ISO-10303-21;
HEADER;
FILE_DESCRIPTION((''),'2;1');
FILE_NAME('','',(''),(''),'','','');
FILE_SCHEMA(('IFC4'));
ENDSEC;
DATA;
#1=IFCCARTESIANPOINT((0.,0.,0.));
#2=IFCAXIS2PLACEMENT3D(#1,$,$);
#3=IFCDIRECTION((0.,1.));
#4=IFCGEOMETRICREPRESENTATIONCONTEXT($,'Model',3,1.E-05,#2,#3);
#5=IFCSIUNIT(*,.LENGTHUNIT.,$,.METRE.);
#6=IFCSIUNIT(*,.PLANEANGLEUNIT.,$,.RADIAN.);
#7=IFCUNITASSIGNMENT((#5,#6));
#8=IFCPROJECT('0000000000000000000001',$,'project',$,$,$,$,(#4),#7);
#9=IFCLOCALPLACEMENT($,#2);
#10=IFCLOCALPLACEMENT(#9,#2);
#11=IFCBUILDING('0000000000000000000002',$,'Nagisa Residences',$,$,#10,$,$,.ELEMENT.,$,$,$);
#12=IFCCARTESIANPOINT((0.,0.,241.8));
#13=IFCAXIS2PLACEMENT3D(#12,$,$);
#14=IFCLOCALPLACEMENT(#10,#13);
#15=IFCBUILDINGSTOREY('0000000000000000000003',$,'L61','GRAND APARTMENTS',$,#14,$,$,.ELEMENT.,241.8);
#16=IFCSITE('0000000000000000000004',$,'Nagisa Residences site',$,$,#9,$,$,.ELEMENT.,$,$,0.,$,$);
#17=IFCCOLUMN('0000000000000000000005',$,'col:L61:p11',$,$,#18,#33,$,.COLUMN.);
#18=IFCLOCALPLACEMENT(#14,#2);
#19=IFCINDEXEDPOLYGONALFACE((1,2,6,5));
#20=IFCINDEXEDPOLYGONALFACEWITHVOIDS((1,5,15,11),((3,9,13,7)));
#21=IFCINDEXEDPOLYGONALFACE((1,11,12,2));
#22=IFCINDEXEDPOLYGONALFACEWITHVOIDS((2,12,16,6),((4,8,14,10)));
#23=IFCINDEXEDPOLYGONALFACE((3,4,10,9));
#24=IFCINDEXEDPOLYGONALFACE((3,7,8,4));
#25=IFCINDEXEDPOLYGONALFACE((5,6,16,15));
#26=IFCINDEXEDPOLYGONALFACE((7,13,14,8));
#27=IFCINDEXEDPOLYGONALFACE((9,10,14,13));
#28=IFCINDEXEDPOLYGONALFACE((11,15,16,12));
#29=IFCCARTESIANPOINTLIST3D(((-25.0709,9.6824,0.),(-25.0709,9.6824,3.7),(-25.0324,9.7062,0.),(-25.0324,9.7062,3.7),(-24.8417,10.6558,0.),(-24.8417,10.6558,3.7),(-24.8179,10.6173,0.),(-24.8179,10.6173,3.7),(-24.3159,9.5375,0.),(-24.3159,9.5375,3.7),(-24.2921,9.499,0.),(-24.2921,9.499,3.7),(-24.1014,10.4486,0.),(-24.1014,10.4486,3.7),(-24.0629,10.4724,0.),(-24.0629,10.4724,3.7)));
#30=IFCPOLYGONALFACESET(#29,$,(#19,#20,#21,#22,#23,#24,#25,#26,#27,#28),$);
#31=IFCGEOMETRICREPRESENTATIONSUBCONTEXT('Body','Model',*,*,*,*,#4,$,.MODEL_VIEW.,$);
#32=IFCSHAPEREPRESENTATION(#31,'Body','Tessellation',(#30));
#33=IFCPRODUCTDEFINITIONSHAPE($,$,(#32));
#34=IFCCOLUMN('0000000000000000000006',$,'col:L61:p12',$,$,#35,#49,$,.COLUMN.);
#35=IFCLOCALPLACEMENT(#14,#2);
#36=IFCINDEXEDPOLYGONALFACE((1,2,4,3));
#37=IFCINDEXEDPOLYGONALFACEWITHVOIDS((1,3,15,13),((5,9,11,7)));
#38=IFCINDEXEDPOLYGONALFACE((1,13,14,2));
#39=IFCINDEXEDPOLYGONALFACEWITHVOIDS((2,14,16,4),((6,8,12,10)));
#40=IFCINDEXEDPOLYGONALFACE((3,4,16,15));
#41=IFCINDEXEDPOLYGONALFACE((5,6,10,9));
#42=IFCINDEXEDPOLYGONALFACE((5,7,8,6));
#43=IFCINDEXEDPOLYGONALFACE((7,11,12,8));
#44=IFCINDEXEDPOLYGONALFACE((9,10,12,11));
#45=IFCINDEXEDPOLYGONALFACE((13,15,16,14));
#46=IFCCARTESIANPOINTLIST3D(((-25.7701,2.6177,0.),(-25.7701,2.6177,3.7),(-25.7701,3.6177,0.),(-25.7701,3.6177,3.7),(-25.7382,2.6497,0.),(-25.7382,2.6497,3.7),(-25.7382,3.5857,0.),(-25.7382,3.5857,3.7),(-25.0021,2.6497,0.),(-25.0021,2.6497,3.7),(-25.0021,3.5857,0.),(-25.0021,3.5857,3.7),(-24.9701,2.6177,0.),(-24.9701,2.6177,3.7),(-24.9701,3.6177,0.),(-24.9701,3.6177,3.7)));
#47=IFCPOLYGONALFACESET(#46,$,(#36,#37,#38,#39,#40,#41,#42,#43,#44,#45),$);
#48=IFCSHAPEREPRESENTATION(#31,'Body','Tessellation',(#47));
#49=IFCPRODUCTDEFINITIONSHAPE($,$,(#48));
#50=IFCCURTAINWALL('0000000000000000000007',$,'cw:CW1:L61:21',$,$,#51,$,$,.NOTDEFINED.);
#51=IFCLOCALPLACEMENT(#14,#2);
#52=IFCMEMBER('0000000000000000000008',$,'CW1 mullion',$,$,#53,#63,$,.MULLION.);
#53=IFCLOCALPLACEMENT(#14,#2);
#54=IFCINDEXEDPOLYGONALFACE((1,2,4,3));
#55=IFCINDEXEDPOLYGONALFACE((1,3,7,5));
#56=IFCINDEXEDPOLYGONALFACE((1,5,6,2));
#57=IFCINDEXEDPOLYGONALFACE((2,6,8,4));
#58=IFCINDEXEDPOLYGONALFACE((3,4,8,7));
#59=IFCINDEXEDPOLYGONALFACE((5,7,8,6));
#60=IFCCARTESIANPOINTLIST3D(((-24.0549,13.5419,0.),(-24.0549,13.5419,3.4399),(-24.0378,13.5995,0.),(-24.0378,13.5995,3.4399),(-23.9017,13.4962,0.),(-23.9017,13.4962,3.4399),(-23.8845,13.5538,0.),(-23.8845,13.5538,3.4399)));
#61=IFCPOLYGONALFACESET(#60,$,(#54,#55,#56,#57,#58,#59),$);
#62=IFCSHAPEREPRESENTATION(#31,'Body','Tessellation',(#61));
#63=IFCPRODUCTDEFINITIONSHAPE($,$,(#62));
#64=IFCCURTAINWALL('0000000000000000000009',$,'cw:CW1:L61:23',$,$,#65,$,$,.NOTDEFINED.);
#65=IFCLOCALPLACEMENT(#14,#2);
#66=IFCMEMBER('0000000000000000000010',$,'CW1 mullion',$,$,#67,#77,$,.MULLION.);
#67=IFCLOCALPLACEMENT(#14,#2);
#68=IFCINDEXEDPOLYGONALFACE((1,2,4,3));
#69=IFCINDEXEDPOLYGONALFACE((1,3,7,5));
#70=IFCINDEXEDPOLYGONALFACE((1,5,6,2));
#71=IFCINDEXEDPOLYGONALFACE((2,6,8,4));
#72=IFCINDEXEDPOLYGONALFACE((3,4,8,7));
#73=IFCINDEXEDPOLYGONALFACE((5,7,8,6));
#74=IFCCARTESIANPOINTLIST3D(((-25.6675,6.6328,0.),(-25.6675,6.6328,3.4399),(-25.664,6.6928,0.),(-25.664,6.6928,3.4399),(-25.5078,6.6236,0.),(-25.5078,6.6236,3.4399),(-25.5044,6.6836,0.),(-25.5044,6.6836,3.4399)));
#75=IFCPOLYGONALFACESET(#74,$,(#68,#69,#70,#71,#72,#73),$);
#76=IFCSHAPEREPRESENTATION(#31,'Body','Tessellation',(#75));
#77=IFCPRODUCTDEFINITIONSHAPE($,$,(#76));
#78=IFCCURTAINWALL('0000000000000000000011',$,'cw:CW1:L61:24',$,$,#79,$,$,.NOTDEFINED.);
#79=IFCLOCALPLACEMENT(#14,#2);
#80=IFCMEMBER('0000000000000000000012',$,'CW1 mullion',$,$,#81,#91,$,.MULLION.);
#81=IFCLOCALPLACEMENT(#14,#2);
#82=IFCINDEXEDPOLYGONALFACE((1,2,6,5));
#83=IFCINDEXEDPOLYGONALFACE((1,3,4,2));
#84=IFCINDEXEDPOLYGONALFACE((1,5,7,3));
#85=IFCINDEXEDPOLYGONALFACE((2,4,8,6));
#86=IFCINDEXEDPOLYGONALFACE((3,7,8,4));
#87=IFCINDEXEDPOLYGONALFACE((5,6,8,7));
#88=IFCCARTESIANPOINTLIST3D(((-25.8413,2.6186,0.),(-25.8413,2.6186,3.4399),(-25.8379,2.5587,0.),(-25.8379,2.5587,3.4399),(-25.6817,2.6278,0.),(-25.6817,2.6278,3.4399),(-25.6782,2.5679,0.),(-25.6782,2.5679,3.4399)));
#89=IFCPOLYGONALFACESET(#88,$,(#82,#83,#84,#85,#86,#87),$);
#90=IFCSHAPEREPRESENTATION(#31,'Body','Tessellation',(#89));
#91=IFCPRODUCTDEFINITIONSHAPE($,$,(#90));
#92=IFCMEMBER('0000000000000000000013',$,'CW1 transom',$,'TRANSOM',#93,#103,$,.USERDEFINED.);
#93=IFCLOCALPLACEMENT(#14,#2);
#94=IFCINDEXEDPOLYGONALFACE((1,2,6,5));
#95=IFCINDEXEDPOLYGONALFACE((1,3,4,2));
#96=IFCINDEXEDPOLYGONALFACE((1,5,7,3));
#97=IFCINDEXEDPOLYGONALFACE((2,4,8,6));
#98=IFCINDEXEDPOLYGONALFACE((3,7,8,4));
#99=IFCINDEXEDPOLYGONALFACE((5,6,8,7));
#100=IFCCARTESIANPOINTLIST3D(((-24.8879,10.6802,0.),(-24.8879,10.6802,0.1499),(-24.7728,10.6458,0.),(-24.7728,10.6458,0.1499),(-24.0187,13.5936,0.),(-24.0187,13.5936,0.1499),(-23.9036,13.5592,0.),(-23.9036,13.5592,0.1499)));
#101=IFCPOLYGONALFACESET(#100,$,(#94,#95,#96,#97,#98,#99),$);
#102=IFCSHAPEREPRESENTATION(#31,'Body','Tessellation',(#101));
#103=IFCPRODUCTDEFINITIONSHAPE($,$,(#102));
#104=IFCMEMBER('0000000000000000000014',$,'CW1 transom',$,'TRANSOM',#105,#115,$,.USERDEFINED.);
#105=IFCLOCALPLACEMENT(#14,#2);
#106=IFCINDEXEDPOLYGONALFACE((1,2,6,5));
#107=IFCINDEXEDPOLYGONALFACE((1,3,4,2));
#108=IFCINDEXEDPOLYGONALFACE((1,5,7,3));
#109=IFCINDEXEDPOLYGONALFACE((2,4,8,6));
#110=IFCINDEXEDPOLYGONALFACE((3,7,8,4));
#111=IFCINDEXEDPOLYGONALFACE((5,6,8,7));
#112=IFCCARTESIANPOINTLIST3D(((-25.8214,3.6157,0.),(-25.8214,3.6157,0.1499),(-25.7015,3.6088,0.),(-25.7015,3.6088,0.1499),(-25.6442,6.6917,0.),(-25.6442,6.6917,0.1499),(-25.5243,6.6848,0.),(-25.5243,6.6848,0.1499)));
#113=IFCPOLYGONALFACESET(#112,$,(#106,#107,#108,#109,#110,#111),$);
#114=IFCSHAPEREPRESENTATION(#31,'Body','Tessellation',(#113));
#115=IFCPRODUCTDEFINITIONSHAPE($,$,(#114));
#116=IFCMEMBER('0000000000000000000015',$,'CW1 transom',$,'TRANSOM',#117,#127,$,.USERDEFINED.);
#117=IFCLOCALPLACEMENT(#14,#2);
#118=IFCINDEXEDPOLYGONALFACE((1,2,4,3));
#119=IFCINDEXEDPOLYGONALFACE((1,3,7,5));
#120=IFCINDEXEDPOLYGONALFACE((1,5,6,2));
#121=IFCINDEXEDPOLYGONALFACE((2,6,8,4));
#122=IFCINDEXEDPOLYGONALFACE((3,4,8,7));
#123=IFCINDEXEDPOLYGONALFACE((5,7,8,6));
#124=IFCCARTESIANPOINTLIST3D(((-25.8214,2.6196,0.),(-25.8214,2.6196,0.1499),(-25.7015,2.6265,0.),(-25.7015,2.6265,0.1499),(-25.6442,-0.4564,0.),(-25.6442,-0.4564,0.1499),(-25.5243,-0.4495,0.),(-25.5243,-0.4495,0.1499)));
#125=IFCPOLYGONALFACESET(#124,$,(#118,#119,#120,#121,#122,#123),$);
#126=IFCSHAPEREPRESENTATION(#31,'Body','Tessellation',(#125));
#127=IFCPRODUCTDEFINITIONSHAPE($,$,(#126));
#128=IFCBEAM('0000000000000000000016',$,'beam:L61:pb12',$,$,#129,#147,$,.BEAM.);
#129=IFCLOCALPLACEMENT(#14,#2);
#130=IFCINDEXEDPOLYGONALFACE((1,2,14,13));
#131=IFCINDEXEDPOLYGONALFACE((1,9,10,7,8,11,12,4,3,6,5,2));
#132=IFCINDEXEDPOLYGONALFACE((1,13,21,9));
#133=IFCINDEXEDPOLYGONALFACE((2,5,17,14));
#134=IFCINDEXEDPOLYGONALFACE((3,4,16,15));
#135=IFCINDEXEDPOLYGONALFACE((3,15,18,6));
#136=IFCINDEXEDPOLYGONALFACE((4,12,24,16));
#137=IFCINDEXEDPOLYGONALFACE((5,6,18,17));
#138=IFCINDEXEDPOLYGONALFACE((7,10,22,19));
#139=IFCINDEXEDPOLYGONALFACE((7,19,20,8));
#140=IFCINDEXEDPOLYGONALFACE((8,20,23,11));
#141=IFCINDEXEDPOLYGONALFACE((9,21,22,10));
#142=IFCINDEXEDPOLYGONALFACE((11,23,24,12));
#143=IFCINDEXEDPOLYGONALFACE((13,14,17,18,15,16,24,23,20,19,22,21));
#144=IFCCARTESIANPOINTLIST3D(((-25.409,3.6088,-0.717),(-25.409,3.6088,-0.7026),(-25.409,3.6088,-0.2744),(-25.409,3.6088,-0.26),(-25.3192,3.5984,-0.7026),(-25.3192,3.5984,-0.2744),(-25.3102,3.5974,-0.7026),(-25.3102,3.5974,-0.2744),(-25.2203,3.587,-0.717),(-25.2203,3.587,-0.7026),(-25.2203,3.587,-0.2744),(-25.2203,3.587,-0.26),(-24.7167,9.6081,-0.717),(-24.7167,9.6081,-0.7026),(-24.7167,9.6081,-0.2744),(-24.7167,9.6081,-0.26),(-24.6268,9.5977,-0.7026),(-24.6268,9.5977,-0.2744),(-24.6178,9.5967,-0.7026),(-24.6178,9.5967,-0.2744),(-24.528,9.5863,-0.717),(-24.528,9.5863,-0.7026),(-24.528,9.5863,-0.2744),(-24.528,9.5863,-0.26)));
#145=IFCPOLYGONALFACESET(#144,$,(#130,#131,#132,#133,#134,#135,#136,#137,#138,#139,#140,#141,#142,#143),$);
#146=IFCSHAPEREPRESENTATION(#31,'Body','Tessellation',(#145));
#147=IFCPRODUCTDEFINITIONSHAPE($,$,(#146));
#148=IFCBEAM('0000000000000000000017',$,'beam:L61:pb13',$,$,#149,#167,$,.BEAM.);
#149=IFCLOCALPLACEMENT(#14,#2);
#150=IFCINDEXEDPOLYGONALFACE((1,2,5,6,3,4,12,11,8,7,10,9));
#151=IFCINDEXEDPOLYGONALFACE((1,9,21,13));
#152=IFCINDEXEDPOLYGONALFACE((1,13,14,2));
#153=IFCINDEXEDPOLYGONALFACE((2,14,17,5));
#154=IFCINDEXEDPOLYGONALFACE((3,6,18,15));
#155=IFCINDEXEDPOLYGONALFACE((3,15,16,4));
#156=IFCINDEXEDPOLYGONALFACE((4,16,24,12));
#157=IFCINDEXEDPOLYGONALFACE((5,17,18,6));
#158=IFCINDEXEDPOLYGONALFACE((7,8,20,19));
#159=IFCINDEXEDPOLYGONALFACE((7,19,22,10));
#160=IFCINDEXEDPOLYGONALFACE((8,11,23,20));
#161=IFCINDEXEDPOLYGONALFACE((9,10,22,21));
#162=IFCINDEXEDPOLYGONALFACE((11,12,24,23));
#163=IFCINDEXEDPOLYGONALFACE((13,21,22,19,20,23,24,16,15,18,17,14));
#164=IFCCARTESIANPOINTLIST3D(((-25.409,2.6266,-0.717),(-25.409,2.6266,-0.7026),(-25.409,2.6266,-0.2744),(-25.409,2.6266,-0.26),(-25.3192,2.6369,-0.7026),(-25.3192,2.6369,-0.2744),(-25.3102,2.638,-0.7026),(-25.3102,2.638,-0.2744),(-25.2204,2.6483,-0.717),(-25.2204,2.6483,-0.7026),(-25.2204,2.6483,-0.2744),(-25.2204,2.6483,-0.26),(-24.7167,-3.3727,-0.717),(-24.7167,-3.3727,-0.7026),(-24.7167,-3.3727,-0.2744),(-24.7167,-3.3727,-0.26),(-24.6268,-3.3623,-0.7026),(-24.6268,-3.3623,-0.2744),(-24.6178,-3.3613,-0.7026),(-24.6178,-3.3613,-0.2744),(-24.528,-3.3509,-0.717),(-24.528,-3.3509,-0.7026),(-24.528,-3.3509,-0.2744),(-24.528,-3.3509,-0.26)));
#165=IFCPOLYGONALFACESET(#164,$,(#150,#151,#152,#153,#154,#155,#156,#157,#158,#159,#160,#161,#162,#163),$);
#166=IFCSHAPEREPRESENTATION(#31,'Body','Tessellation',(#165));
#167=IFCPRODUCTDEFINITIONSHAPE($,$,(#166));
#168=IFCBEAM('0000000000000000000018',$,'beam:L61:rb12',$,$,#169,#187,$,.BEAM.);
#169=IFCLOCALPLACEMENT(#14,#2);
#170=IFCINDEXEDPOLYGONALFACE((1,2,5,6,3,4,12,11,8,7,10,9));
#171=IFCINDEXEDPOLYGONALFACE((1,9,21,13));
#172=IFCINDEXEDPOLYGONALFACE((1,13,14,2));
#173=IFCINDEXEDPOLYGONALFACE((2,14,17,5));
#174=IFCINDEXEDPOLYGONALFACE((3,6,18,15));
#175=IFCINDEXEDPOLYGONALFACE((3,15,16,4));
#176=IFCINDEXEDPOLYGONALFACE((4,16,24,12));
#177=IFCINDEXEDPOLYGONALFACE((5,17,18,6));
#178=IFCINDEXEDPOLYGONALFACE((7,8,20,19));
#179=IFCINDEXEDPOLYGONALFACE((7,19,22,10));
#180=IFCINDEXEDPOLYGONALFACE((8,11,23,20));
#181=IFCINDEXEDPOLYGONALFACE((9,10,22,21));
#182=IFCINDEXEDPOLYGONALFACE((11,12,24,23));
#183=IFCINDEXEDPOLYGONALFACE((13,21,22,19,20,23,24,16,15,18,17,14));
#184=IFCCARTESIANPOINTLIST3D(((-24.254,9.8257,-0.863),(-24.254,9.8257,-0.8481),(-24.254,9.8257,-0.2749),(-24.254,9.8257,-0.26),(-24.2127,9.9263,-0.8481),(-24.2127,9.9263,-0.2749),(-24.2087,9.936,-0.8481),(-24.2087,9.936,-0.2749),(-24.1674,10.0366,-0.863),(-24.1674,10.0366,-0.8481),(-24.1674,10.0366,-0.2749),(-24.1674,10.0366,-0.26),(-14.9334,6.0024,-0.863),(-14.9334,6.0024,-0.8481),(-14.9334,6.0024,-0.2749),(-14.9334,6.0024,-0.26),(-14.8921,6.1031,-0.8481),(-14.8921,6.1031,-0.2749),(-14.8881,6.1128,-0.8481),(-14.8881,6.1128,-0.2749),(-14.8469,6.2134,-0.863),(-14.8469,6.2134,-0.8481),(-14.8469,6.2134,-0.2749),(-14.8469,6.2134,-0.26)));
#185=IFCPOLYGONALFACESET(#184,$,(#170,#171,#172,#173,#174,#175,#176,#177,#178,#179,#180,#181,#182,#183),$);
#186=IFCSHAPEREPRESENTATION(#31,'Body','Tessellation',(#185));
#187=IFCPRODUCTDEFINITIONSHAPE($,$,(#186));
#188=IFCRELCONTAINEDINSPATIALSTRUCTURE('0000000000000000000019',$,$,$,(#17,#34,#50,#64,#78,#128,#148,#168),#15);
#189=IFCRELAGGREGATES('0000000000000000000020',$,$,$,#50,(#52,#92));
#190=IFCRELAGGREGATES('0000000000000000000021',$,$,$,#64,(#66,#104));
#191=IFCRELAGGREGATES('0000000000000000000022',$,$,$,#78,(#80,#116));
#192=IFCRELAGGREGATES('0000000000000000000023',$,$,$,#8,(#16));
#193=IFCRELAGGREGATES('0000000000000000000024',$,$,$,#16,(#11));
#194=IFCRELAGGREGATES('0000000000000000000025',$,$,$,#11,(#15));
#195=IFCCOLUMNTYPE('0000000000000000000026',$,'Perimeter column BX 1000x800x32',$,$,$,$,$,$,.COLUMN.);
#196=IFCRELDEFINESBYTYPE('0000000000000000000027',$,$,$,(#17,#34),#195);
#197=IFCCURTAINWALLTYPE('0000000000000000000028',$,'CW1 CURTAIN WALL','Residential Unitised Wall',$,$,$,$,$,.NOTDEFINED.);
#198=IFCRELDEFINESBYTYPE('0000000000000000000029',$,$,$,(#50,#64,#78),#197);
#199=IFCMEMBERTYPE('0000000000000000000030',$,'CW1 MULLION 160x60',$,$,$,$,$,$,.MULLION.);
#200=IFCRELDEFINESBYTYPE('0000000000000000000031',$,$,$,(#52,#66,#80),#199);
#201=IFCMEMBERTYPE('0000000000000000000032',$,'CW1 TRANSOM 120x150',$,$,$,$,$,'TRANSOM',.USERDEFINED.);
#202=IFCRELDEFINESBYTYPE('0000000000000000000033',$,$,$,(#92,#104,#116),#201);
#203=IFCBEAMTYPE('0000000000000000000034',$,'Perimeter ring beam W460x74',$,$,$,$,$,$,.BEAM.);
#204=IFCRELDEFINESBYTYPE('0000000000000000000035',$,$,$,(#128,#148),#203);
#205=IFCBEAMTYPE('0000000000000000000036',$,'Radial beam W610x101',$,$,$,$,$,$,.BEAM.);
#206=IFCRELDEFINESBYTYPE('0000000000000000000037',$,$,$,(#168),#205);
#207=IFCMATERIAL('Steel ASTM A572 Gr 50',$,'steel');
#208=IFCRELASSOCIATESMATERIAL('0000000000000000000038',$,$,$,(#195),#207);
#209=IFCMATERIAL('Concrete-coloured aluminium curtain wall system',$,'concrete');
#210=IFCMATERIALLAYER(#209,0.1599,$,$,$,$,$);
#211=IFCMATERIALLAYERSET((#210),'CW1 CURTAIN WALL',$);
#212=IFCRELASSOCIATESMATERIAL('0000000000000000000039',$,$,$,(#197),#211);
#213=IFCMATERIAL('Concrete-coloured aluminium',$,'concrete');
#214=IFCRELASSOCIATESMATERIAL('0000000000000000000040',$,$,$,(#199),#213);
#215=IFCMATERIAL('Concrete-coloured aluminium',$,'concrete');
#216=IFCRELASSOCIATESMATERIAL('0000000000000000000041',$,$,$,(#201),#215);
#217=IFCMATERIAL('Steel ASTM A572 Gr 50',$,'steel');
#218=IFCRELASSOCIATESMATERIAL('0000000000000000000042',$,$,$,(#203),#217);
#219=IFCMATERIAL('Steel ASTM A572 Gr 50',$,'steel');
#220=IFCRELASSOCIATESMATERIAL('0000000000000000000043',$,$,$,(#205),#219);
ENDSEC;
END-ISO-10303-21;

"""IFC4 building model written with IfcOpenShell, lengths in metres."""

from ifc_helpers import new_model, si_unit, direction, frame, origin, origin_2d, place, context, subcontext, project, spatial, rectangle, hollow_rectangle, i_section, extrude, material, layer, layer_set, material_profile, profile_set, type_object, element, aggregate, save


model = new_model("IFC4")

# Units and contexts
model_context = context("Model", 3, precision=1e-05, world=origin(), true_north=direction((0.0, 1.0)))
body_context = subcontext(model_context, "Body", "Model", "MODEL_VIEW")
ifc_project = project(units=[si_unit("LENGTHUNIT", "METRE"), si_unit("PLANEANGLEUNIT", "RADIAN")], contexts=[model_context])

# Site, building, storey
site_placement = place(None, origin())
site = spatial("IfcSite", under=ifc_project, at=site_placement, Name="Nagisa Residences site", CompositionType="ELEMENT", RefElevation=0.0)
building_placement = place(site_placement, origin())
building = spatial("IfcBuilding", under=site, at=building_placement, Name="Nagisa Residences", CompositionType="ELEMENT")
storey_placement = place(building_placement, frame((0.0, 0.0, 241.8)))
storey = spatial("IfcBuildingStorey", under=building, at=storey_placement, Name="L61", Description="GRAND APARTMENTS", CompositionType="ELEMENT", Elevation=241.8)

# Columns
ifc_material_1 = material(Name="Steel ASTM A572 Gr 50", Category="steel")
ifc_material_profile_1 = material_profile(ifc_material_1, hollow_rectangle(XDim=1.0, YDim=0.8, WallThickness=0.032, at=origin_2d()), Name="BX 1000x800x32")
ifc_profile_set_1 = profile_set([ifc_material_profile_1], Name="Steel ASTM A572 Gr 50")
column_type = type_object("IfcColumnType", Name="Perimeter column BX 1000x800x32", PredefinedType="COLUMN", material=ifc_profile_set_1)
for number, where, z_axis, x_axis, name in (
    (1, (-24.5669, 10.0774, 0.0), (0.0, 0.0, 1.0), (-0.229202, -0.973379, 0.0), "col:L61:p11"),
    (2, (-25.3701, 3.1177, 0.0), (0.0, 0.0, 1.0), (0.0, -1.0, 0.0), "col:L61:p12"),
):
    element("IfcColumn", number, at=place(storey_placement, frame(where, z_axis=z_axis, x_axis=x_axis)), inside=storey, type_object=column_type, Name=name, PredefinedType="COLUMN", context=body_context, shape_type="SweptSolid", body=[
        extrude(hollow_rectangle(XDim=1.0, YDim=0.8, WallThickness=0.032, at=origin_2d()), origin(), (0.0, 0.0, 1.0), 3.7),
    ])

# Curtain walls, members
ifc_material_2 = material(Name="Concrete-coloured aluminium curtain wall system", Category="concrete")
ifc_layer_1 = layer(ifc_material_2, 0.1599)
ifc_layer_set_1 = layer_set([ifc_layer_1], Name="CW1 CURTAIN WALL")
curtain_wall_type = type_object("IfcCurtainWallType", Name="CW1 CURTAIN WALL", Description="Residential Unitised Wall", PredefinedType="NOTDEFINED", material=ifc_layer_set_1)
curtain_wall_1_placement = place(storey_placement, origin())
curtain_wall_1 = element("IfcCurtainWall", 3, at=curtain_wall_1_placement, inside=storey, type_object=curtain_wall_type, Name="cw:CW1:L61:21", PredefinedType="NOTDEFINED")
ifc_material_3 = material(Name="Concrete-coloured aluminium", Category="concrete")
ifc_material_profile_2 = material_profile(ifc_material_3, rectangle(XDim=0.1599, YDim=0.0601, at=origin_2d()), Name="CW1 MULLION 160x60")
ifc_profile_set_2 = profile_set([ifc_material_profile_2], Name="Concrete-coloured aluminium")
member_type_1 = type_object("IfcMemberType", Name="CW1 MULLION 160x60", PredefinedType="MULLION", material=ifc_profile_set_2)
member_1_placement = place(storey_placement, frame((-23.9697, 13.5479, 0.0), z_axis=(0.0, 0.0, 1.0), x_axis=(0.958271, -0.28586, 0.0)))
member_1 = element("IfcMember", 4, at=member_1_placement, type_object=member_type_1, Name="CW1 mullion", PredefinedType="MULLION", context=body_context, shape_type="SweptSolid", body=[
    extrude(rectangle(XDim=0.1599, YDim=0.0601, at=origin_2d()), origin(), (0.0, 0.0, 1.0), 3.4399),
])
curtain_wall_2_placement = place(storey_placement, origin())
curtain_wall_2 = element("IfcCurtainWall", 5, at=curtain_wall_2_placement, inside=storey, type_object=curtain_wall_type, Name="cw:CW1:L61:23", PredefinedType="NOTDEFINED")
member_2_placement = place(storey_placement, frame((-25.5859, 6.6582, 0.0), z_axis=(0.0, 0.0, 1.0), x_axis=(0.998345, -0.057503, 0.0)))
member_2 = element("IfcMember", 6, at=member_2_placement, type_object=member_type_1, Name="CW1 mullion", PredefinedType="MULLION", context=body_context, shape_type="SweptSolid", body=[
    extrude(rectangle(XDim=0.1599, YDim=0.0601, at=origin_2d()), origin(), (0.0, 0.0, 1.0), 3.4399),
])
curtain_wall_3_placement = place(storey_placement, origin())
curtain_wall_3 = element("IfcCurtainWall", 7, at=curtain_wall_3_placement, inside=storey, type_object=curtain_wall_type, Name="cw:CW1:L61:24", PredefinedType="NOTDEFINED")
member_3_placement = place(storey_placement, frame((-25.7598, 2.5933, 0.0), z_axis=(0.0, 0.0, 1.0), x_axis=(0.998345, 0.057503, 0.0)))
member_3 = element("IfcMember", 8, at=member_3_placement, type_object=member_type_1, Name="CW1 mullion", PredefinedType="MULLION", context=body_context, shape_type="SweptSolid", body=[
    extrude(rectangle(XDim=0.1599, YDim=0.0601, at=origin_2d()), origin(), (0.0, 0.0, 1.0), 3.4399),
])

# Members
ifc_material_4 = material(Name="Concrete-coloured aluminium", Category="concrete")
ifc_material_profile_3 = material_profile(ifc_material_4, rectangle(XDim=0.1201, YDim=0.1499, at=origin_2d()), Name="CW1 TRANSOM 120x150")
ifc_profile_set_3 = profile_set([ifc_material_profile_3], Name="Concrete-coloured aluminium")
member_type_2 = type_object("IfcMemberType", Name="CW1 TRANSOM 120x150", ElementType="TRANSOM", PredefinedType="USERDEFINED", material=ifc_profile_set_3)
member_4_placement = place(storey_placement, frame((-23.9612, 13.5764, 0.075), z_axis=(-0.285881, -0.958265, 0.0), x_axis=(0.958265, -0.285881, 0.0)))
member_4 = element("IfcMember", 9, at=member_4_placement, type_object=member_type_2, Name="CW1 transom", ObjectType="TRANSOM", PredefinedType="USERDEFINED", context=body_context, shape_type="SweptSolid", body=[
    extrude(rectangle(XDim=0.1201, YDim=0.1499, at=origin_2d()), origin(), (0.0, 0.0, 1.0), 3.0403),
])
member_5_placement = place(storey_placement, frame((-25.5842, 6.6882, 0.075), z_axis=(-0.057528, -0.998344, 0.0), x_axis=(0.998344, -0.057528, 0.0)))
member_5 = element("IfcMember", 10, at=member_5_placement, type_object=member_type_2, Name="CW1 transom", ObjectType="TRANSOM", PredefinedType="USERDEFINED", context=body_context, shape_type="SweptSolid", body=[
    extrude(rectangle(XDim=0.1201, YDim=0.1499, at=origin_2d()), origin(), (0.0, 0.0, 1.0), 3.0811),
])
member_6_placement = place(storey_placement, frame((-25.7615, 2.623, 0.075), z_axis=(0.057528, -0.998344, 0.0), x_axis=(0.998344, 0.057528, 0.0)))
member_6 = element("IfcMember", 11, at=member_6_placement, type_object=member_type_2, Name="CW1 transom", ObjectType="TRANSOM", PredefinedType="USERDEFINED", context=body_context, shape_type="SweptSolid", body=[
    extrude(rectangle(XDim=0.1201, YDim=0.1499, at=origin_2d()), origin(), (0.0, 0.0, 1.0), 3.0811),
])

# Beams
ifc_material_5 = material(Name="Steel ASTM A572 Gr 50", Category="steel")
ifc_material_profile_4 = material_profile(ifc_material_5, i_section(OverallWidth=0.1899, OverallDepth=0.457, WebThickness=0.009, FlangeThickness=0.0144, at=origin_2d()), Name="W460x74")
ifc_profile_set_4 = profile_set([ifc_material_profile_4], Name="Steel ASTM A572 Gr 50")
beam_type_1 = type_object("IfcBeamType", Name="Perimeter ring beam W460x74", PredefinedType="BEAM", material=ifc_profile_set_4)
for number, where, z_axis, x_axis, name in (
    (12, (-24.6223, 9.5972, -0.4885), (-0.11465, -0.993406, 0.0), (0.993406, -0.11465, 0.0), "beam:L61:pb12"),
    (13, (-25.3147, 2.6375, -0.4885), (0.11465, -0.993406, 0.0), (0.993406, 0.11465, 0.0), "beam:L61:pb13"),
):
    element("IfcBeam", number, at=place(storey_placement, frame(where, z_axis=z_axis, x_axis=x_axis)), inside=storey, type_object=beam_type_1, Name=name, PredefinedType="BEAM", context=body_context, shape_type="SweptSolid", body=[
        extrude(i_section(OverallWidth=0.1899, OverallDepth=0.457, WebThickness=0.009, FlangeThickness=0.0144, at=origin_2d()), origin(), (0.0, 0.0, 1.0), 6.0391),
    ])
ifc_material_6 = material(Name="Steel ASTM A572 Gr 50", Category="steel")
ifc_material_profile_5 = material_profile(ifc_material_6, i_section(OverallWidth=0.228, OverallDepth=0.603, WebThickness=0.0105, FlangeThickness=0.0149, at=origin_2d()), Name="W610x101")
ifc_profile_set_5 = profile_set([ifc_material_profile_5], Name="Steel ASTM A572 Gr 50")
beam_type_2 = type_object("IfcBeamType", Name="Radial beam W610x101", PredefinedType="BEAM", material=ifc_profile_set_5)
beam_1_placement = place(storey_placement, frame((-24.2107, 9.9312, -0.5615), z_axis=(0.925189, -0.379507, 0.0), x_axis=(0.379507, 0.925189, 0.0)))
element("IfcBeam", 14, at=beam_1_placement, inside=storey, type_object=beam_type_2, Name="beam:L61:rb12", PredefinedType="BEAM", context=body_context, shape_type="SweptSolid", body=[
    extrude(i_section(OverallWidth=0.228, OverallDepth=0.603, WebThickness=0.0105, FlangeThickness=0.0149, at=origin_2d()), origin(), (0.0, 0.0, 1.0), 10.0742),
])

aggregate(curtain_wall_1, [member_1, member_4])
aggregate(curtain_wall_2, [member_2, member_5])
aggregate(curtain_wall_3, [member_3, member_6])

save(model, "model.ifc")
